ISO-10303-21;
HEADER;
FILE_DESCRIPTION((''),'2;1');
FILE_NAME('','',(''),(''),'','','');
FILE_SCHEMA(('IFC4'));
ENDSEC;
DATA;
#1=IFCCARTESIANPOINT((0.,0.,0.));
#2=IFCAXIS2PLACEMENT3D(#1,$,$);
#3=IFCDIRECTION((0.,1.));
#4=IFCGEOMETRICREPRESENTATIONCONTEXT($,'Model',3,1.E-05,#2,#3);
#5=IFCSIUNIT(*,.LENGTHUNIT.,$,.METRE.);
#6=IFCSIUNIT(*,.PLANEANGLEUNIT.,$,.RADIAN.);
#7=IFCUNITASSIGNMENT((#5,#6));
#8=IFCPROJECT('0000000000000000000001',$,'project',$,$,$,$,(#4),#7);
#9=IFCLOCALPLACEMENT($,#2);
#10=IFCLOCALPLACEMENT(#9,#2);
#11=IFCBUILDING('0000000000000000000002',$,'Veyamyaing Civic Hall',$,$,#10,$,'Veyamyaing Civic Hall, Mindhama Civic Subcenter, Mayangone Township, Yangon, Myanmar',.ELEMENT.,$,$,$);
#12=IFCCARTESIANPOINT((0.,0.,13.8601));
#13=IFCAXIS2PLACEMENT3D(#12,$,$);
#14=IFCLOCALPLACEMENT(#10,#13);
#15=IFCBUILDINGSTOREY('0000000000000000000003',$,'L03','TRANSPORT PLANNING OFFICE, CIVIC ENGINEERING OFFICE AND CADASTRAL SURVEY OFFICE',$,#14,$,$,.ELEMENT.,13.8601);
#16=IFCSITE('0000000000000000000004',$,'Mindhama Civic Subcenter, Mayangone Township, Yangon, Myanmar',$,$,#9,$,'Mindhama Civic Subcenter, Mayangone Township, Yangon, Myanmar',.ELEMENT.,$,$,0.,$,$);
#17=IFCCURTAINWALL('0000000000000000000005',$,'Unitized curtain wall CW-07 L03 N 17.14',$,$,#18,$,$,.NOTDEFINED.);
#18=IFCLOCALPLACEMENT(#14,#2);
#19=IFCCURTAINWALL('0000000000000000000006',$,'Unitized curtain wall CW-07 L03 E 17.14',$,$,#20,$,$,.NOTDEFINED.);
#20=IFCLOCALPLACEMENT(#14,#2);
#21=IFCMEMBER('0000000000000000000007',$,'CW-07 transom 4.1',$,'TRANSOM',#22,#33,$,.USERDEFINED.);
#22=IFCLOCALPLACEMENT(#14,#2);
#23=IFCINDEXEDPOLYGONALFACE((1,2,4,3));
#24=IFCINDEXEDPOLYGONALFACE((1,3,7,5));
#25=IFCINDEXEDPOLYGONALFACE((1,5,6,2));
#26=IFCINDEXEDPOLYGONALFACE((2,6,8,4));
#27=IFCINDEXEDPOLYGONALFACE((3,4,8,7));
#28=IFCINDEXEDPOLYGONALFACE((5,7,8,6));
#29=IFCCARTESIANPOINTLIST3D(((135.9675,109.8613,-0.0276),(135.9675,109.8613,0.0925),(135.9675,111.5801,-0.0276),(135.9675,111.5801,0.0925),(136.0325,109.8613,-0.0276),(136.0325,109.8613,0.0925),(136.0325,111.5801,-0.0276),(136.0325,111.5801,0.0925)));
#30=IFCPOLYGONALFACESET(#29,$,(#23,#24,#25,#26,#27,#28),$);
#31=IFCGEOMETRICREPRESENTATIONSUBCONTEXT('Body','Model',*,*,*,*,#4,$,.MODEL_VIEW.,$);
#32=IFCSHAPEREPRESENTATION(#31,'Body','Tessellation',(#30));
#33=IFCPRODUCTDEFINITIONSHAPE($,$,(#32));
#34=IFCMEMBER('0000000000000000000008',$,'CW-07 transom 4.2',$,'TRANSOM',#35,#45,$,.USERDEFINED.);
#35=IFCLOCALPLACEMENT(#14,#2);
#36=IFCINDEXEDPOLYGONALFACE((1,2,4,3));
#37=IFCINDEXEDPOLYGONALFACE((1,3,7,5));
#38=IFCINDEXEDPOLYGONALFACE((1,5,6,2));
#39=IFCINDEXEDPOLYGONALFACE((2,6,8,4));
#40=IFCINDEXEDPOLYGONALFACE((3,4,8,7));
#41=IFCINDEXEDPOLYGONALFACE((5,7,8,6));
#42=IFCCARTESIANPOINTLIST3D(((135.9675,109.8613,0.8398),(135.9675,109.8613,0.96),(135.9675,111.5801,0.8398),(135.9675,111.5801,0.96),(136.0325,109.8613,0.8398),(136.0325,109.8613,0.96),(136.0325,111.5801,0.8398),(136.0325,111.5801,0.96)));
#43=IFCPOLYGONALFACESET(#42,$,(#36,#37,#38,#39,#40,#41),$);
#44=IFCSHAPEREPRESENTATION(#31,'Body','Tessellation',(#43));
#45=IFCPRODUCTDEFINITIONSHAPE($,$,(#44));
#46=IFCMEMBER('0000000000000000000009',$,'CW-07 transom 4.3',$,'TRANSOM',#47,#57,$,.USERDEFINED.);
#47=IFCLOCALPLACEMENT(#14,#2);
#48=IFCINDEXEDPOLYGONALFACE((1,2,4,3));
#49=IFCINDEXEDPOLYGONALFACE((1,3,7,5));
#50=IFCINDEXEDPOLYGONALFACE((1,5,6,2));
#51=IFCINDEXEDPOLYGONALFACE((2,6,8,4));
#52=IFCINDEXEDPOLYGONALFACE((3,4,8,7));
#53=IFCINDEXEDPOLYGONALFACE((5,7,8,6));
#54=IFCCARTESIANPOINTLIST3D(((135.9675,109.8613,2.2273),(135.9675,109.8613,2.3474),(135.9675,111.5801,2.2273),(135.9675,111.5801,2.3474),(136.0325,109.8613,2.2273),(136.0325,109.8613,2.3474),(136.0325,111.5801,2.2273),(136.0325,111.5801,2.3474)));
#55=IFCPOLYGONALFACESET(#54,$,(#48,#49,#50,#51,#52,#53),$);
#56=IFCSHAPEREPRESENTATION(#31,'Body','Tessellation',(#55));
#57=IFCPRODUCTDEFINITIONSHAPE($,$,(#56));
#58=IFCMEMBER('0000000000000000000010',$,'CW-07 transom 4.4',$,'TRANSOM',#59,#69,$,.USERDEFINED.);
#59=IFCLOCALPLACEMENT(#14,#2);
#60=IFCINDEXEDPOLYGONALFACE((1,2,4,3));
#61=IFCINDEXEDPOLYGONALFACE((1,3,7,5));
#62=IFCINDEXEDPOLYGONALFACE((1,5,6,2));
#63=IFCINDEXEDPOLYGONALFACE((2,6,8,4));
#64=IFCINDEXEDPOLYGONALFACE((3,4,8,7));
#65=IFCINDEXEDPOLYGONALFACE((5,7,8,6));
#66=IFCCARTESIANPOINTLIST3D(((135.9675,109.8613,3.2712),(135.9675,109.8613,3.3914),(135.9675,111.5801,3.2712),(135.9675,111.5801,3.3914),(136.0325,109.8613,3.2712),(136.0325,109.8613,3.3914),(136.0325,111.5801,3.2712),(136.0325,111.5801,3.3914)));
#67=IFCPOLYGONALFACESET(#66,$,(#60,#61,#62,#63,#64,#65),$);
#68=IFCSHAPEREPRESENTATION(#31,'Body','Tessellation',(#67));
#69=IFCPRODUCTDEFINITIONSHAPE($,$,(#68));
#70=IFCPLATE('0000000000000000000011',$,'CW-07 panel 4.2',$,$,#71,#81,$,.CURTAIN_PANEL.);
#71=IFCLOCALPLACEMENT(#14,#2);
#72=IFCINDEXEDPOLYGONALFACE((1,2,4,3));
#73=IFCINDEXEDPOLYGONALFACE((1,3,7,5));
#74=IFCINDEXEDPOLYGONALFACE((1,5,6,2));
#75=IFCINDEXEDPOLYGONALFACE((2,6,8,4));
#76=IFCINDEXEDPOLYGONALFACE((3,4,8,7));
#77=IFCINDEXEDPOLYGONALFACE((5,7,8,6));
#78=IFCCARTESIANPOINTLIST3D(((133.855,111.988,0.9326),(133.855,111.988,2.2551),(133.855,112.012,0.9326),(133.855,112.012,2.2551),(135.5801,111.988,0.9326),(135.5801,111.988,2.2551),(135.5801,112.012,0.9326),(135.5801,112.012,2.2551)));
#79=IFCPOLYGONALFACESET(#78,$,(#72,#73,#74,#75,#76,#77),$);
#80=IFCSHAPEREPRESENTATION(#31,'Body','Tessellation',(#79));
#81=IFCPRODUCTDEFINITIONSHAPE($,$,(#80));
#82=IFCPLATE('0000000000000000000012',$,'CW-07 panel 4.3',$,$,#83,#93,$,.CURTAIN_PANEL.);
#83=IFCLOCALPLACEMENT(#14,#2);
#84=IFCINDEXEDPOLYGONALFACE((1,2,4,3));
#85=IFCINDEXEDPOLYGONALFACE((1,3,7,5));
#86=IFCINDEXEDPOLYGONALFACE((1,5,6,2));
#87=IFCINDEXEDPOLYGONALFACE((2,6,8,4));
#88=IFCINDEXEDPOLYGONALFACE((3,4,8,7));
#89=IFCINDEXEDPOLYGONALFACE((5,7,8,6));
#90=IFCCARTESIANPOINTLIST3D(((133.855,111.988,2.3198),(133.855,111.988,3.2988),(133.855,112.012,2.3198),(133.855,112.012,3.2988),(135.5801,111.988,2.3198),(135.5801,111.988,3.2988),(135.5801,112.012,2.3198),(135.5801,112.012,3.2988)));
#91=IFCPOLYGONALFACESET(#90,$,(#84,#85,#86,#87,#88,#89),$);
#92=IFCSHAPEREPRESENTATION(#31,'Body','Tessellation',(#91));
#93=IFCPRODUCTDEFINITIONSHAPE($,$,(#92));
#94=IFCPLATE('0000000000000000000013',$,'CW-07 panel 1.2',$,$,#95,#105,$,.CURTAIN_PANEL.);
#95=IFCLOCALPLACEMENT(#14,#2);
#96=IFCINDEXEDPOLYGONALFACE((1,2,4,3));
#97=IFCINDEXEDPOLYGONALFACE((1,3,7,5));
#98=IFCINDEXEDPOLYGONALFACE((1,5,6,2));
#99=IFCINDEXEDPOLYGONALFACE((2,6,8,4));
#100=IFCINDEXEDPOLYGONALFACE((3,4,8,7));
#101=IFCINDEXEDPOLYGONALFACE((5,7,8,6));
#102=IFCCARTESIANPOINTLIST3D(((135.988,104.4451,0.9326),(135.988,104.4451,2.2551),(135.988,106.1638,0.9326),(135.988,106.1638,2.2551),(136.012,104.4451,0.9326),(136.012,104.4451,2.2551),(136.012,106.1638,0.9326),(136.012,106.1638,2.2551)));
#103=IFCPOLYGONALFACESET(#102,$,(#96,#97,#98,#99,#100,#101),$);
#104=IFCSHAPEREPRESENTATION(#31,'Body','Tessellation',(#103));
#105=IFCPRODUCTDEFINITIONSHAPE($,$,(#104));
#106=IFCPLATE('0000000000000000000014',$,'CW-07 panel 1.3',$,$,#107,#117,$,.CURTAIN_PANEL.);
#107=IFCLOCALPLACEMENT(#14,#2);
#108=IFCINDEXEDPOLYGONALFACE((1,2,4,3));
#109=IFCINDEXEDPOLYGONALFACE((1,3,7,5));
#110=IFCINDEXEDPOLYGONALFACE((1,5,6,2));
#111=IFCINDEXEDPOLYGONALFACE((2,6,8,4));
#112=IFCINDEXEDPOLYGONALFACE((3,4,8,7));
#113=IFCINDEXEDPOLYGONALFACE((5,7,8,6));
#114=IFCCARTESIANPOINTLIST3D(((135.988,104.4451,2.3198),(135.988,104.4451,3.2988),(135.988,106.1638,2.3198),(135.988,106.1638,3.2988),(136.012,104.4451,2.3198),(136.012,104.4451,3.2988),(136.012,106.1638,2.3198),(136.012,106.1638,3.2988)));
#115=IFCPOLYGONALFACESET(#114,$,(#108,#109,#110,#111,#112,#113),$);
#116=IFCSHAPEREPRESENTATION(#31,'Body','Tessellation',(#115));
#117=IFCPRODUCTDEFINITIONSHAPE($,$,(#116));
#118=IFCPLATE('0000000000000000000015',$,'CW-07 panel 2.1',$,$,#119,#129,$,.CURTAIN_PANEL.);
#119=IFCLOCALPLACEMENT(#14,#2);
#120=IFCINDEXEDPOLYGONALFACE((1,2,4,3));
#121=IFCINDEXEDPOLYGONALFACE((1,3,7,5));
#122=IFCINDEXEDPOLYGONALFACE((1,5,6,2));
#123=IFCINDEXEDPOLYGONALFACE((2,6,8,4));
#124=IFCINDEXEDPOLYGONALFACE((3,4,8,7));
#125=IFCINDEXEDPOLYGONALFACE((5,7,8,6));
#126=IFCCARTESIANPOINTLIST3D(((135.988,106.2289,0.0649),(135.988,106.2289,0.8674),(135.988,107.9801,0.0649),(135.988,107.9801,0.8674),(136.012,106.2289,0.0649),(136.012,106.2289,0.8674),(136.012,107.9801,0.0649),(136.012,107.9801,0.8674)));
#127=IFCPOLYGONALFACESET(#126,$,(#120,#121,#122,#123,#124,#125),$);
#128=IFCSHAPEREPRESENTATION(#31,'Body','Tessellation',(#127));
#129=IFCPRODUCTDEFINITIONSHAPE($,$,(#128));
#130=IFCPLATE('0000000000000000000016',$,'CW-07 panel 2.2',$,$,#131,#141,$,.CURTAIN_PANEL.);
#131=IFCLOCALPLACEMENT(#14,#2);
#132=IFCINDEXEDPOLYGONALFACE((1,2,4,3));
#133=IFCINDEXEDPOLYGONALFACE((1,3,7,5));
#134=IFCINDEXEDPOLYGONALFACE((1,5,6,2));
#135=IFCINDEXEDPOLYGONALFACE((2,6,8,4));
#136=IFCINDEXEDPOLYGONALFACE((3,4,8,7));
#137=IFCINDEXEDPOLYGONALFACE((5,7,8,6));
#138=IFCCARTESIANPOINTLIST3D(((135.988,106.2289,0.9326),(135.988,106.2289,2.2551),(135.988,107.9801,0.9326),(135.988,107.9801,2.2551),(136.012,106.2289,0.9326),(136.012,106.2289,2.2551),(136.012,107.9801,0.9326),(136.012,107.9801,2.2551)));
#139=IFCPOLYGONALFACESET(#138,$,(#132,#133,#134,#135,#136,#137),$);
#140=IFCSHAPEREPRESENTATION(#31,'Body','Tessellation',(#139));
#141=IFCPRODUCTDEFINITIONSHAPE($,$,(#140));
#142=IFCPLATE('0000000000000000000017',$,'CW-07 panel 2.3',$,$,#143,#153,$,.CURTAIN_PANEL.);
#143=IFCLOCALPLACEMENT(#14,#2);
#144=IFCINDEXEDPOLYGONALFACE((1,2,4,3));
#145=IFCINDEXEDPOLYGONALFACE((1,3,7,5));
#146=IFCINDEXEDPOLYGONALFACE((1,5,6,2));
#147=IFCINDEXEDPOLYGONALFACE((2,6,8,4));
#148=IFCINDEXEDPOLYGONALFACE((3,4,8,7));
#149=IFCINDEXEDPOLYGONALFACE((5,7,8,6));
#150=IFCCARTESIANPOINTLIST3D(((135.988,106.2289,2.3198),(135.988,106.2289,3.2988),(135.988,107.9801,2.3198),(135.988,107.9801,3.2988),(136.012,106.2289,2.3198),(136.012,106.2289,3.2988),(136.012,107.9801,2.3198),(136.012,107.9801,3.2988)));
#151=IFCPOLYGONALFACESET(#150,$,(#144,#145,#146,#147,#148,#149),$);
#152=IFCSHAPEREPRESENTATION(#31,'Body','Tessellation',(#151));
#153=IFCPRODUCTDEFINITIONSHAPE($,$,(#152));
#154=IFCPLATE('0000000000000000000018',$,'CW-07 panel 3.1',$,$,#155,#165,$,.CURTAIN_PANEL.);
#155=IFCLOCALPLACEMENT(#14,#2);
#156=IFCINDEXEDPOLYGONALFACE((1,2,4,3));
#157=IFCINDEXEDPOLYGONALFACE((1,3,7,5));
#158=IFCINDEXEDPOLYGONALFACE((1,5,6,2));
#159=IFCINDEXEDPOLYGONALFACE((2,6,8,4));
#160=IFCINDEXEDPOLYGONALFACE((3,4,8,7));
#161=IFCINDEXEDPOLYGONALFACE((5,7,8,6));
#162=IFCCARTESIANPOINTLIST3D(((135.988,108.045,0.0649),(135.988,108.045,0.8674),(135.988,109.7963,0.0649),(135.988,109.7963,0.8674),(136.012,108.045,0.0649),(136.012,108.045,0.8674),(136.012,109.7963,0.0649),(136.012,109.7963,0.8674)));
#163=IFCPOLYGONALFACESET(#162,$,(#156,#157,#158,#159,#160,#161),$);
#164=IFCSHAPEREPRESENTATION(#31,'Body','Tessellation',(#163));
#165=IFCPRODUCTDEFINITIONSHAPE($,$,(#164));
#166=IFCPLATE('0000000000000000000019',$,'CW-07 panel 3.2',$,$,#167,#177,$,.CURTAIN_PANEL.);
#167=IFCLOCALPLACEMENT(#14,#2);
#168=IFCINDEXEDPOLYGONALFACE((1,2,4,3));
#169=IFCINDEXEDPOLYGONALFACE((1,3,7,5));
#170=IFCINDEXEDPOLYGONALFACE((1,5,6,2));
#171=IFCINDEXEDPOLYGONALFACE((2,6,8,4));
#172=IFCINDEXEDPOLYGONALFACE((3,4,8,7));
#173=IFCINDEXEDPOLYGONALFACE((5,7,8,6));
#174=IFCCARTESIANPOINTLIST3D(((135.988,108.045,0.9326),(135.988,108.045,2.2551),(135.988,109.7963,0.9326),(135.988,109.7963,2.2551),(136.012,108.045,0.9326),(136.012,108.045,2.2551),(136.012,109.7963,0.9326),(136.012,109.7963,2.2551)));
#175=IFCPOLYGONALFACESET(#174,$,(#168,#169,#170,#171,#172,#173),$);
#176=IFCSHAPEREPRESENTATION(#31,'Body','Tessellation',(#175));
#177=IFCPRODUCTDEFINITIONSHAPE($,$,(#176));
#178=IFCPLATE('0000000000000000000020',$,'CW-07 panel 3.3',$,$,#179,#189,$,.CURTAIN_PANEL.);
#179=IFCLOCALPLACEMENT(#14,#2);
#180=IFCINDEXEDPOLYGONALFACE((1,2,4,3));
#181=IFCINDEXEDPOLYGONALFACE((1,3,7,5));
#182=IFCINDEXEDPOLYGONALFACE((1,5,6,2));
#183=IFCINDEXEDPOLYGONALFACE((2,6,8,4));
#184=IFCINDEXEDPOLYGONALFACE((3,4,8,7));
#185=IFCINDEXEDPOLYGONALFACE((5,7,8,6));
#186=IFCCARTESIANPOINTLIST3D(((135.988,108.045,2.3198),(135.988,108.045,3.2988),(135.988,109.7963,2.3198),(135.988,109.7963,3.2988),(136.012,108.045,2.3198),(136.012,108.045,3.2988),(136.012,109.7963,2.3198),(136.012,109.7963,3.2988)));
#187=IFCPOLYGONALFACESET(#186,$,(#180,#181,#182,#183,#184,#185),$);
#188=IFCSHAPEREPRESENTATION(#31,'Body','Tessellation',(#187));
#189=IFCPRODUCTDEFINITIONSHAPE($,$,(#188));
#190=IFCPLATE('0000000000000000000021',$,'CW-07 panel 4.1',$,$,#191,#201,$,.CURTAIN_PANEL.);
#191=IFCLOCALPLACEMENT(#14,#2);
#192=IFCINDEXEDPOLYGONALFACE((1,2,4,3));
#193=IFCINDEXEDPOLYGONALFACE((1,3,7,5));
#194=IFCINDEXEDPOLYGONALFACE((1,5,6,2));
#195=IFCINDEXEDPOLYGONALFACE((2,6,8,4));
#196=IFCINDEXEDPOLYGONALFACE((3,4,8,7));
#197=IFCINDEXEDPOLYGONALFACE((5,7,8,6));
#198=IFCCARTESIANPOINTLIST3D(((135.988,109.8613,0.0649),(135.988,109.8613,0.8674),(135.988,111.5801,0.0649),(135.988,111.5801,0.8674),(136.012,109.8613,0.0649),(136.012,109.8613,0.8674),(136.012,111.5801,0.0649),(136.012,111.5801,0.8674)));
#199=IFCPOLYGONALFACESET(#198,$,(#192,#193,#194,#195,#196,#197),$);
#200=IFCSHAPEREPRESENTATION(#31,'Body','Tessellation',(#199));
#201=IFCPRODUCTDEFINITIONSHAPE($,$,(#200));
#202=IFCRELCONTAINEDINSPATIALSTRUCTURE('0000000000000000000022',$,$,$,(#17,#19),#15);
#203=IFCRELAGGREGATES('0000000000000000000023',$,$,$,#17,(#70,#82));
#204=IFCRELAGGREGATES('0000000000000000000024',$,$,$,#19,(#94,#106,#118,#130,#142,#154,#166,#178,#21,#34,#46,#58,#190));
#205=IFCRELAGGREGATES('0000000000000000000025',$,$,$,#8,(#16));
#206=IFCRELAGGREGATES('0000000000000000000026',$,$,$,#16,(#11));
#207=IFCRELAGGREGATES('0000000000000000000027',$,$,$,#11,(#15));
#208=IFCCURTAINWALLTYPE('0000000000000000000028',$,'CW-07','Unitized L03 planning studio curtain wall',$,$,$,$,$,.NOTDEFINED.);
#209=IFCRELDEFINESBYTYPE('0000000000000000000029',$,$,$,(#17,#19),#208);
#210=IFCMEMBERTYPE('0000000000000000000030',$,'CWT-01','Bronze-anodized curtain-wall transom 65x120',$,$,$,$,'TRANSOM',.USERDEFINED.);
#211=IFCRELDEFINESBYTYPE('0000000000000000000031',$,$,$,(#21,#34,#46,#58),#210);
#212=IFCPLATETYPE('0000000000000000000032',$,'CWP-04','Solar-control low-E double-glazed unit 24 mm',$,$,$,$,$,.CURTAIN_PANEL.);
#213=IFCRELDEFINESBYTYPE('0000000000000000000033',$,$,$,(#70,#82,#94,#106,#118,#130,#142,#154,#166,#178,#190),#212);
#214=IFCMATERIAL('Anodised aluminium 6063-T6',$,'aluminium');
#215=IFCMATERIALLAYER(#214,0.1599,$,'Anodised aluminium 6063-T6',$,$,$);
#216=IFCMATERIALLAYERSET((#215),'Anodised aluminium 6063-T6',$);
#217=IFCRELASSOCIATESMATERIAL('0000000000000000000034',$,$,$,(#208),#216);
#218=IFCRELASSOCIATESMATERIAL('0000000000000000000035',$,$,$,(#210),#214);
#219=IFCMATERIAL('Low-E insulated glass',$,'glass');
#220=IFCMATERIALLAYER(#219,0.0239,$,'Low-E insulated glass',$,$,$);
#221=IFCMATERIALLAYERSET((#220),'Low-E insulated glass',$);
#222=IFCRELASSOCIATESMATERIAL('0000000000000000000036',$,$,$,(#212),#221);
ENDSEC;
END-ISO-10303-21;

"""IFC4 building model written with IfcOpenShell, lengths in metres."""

from ifc_helpers import new_model, si_unit, direction, frame, origin, origin_2d, place, context, subcontext, project, spatial, rectangle, extrude, material, layer, layer_set, material_profile, profile_set, type_object, element, aggregate, save


model = new_model("IFC4")

# Units and contexts
model_context = context("Model", 3, precision=1e-05, world=origin(), true_north=direction((0.0, 1.0)))
body_context = subcontext(model_context, "Body", "Model", "MODEL_VIEW")
ifc_project = project(units=[si_unit("LENGTHUNIT", "METRE"), si_unit("PLANEANGLEUNIT", "RADIAN")], contexts=[model_context])

# Site, building, storey
site_placement = place(None, origin())
site = spatial("IfcSite", under=ifc_project, at=site_placement, Name="Mindhama Civic Subcenter, Mayangone Township, Yangon, Myanmar", LongName="Mindhama Civic Subcenter, Mayangone Township, Yangon, Myanmar", CompositionType="ELEMENT", RefElevation=0.0)
building_placement = place(site_placement, origin())
building = spatial("IfcBuilding", under=site, at=building_placement, Name="Veyamyaing Civic Hall", LongName="Veyamyaing Civic Hall, Mindhama Civic Subcenter, Mayangone Township, Yangon, Myanmar", CompositionType="ELEMENT")
storey_placement = place(building_placement, frame((0.0, 0.0, 13.8601)))
storey = spatial("IfcBuildingStorey", under=building, at=storey_placement, Name="L03", Description="TRANSPORT PLANNING OFFICE, CIVIC ENGINEERING OFFICE AND CADASTRAL SURVEY OFFICE", CompositionType="ELEMENT", Elevation=13.8601)

# Curtain wall
ifc_material_1 = material(Name="Anodised aluminium 6063-T6", Category="aluminium")
ifc_layer_1 = layer(ifc_material_1, 0.1599, Name="Anodised aluminium 6063-T6")
ifc_layer_set_1 = layer_set([ifc_layer_1], Name="Anodised aluminium 6063-T6")
curtain_wall_type = type_object("IfcCurtainWallType", Name="CW-07", Description="Unitized L03 planning studio curtain wall", PredefinedType="NOTDEFINED", material=ifc_layer_set_1)
curtain_wall_1_placement = place(storey_placement, origin())
curtain_wall_1 = element("IfcCurtainWall", 1, at=curtain_wall_1_placement, inside=storey, type_object=curtain_wall_type, Name="Unitized curtain wall CW-07 L03 N 17.14", PredefinedType="NOTDEFINED")

# Curtain wall, members
curtain_wall_2_placement = place(storey_placement, origin())
curtain_wall_2 = element("IfcCurtainWall", 2, at=curtain_wall_2_placement, inside=storey, type_object=curtain_wall_type, Name="Unitized curtain wall CW-07 L03 E 17.14", PredefinedType="NOTDEFINED")
ifc_material_profile_1 = material_profile(ifc_material_1, rectangle(XDim=0.0649, YDim=0.1201, at=origin_2d()), Name="ALU-TRN-65X120")
ifc_profile_set_1 = profile_set([ifc_material_profile_1], Name="Anodised aluminium 6063-T6")
member_type_1 = type_object("IfcMemberType", Name="CWT-01", Description="Bronze-anodized curtain-wall transom 65x120", ElementType="TRANSOM", PredefinedType="USERDEFINED", material=ifc_profile_set_1)
member_1_placement = place(storey_placement, frame((136.0, 109.8613, 0.0325), z_axis=(0.0, 1.0, 0.0), x_axis=(-1.0, 0.0, 0.0)))
member_1 = element("IfcMember", 3, at=member_1_placement, type_object=member_type_1, Name="CW-07 transom 4.1", ObjectType="TRANSOM", PredefinedType="USERDEFINED", context=body_context, shape_type="SweptSolid", body=[
    extrude(rectangle(XDim=0.0649, YDim=0.1201, at=origin_2d()), origin(), (0.0, 0.0, 1.0), 1.7188),
])
member_2_placement = place(storey_placement, frame((136.0, 109.8613, 0.8999), z_axis=(0.0, 1.0, 0.0), x_axis=(-1.0, 0.0, 0.0)))
member_2 = element("IfcMember", 4, at=member_2_placement, type_object=member_type_1, Name="CW-07 transom 4.2", ObjectType="TRANSOM", PredefinedType="USERDEFINED", context=body_context, shape_type="SweptSolid", body=[
    extrude(rectangle(XDim=0.0649, YDim=0.1201, at=origin_2d()), origin(), (0.0, 0.0, 1.0), 1.7188),
])
member_3_placement = place(storey_placement, frame((136.0, 109.8613, 2.2874), z_axis=(0.0, 1.0, 0.0), x_axis=(-1.0, 0.0, 0.0)))
member_3 = element("IfcMember", 5, at=member_3_placement, type_object=member_type_1, Name="CW-07 transom 4.3", ObjectType="TRANSOM", PredefinedType="USERDEFINED", context=body_context, shape_type="SweptSolid", body=[
    extrude(rectangle(XDim=0.0649, YDim=0.1201, at=origin_2d()), origin(), (0.0, 0.0, 1.0), 1.7188),
])
member_4_placement = place(storey_placement, frame((136.0, 109.8613, 3.3313), z_axis=(0.0, 1.0, 0.0), x_axis=(-1.0, 0.0, 0.0)))
member_4 = element("IfcMember", 6, at=member_4_placement, type_object=member_type_1, Name="CW-07 transom 4.4", ObjectType="TRANSOM", PredefinedType="USERDEFINED", context=body_context, shape_type="SweptSolid", body=[
    extrude(rectangle(XDim=0.0649, YDim=0.1201, at=origin_2d()), origin(), (0.0, 0.0, 1.0), 1.7188),
])

# Plates
ifc_material_2 = material(Name="Low-E insulated glass", Category="glass")
ifc_layer_2 = layer(ifc_material_2, 0.0239, Name="Low-E insulated glass")
ifc_layer_set_2 = layer_set([ifc_layer_2], Name="Low-E insulated glass")
plate_type = type_object("IfcPlateType", Name="CWP-04", Description="Solar-control low-E double-glazed unit 24 mm", PredefinedType="CURTAIN_PANEL", material=ifc_layer_set_2)
plate_1_placement = place(storey_placement, frame((134.7175, 112.0, 0.9326), z_axis=(0.0, 0.0, 1.0), x_axis=(1.0, 0.0, 0.0)))
plate_1 = element("IfcPlate", 7, at=plate_1_placement, type_object=plate_type, Name="CW-07 panel 4.2", PredefinedType="CURTAIN_PANEL", context=body_context, shape_type="SweptSolid", body=[
    extrude(rectangle(XDim=1.7251, YDim=0.0239, at=origin_2d()), origin(), (0.0, 0.0, 1.0), 1.3225),
])
plate_2_placement = place(storey_placement, frame((134.7175, 112.0, 2.3198), z_axis=(0.0, 0.0, 1.0), x_axis=(1.0, 0.0, 0.0)))
plate_2 = element("IfcPlate", 8, at=plate_2_placement, type_object=plate_type, Name="CW-07 panel 4.3", PredefinedType="CURTAIN_PANEL", context=body_context, shape_type="SweptSolid", body=[
    extrude(rectangle(XDim=1.7251, YDim=0.0239, at=origin_2d()), origin(), (0.0, 0.0, 1.0), 0.979),
])
aggregate(curtain_wall_1, [plate_1, plate_2])
plate_3_placement = place(storey_placement, frame((136.0, 105.3044, 0.9326), z_axis=(0.0, 0.0, 1.0), x_axis=(0.0, 1.0, 0.0)))
plate_3 = element("IfcPlate", 9, at=plate_3_placement, type_object=plate_type, Name="CW-07 panel 1.2", PredefinedType="CURTAIN_PANEL", context=body_context, shape_type="SweptSolid", body=[
    extrude(rectangle(XDim=1.7188, YDim=0.0239, at=origin_2d()), origin(), (0.0, 0.0, 1.0), 1.3225),
])
plate_4_placement = place(storey_placement, frame((136.0, 105.3044, 2.3198), z_axis=(0.0, 0.0, 1.0), x_axis=(0.0, 1.0, 0.0)))
plate_4 = element("IfcPlate", 10, at=plate_4_placement, type_object=plate_type, Name="CW-07 panel 1.3", PredefinedType="CURTAIN_PANEL", context=body_context, shape_type="SweptSolid", body=[
    extrude(rectangle(XDim=1.7188, YDim=0.0239, at=origin_2d()), origin(), (0.0, 0.0, 1.0), 0.979),
])
plate_5_placement = place(storey_placement, frame((136.0, 107.1045, 0.0649), z_axis=(0.0, 0.0, 1.0), x_axis=(0.0, 1.0, 0.0)))
plate_5 = element("IfcPlate", 11, at=plate_5_placement, type_object=plate_type, Name="CW-07 panel 2.1", PredefinedType="CURTAIN_PANEL", context=body_context, shape_type="SweptSolid", body=[
    extrude(rectangle(XDim=1.7512, YDim=0.0239, at=origin_2d()), origin(), (0.0, 0.0, 1.0), 0.8025),
])
plate_6_placement = place(storey_placement, frame((136.0, 107.1045, 0.9326), z_axis=(0.0, 0.0, 1.0), x_axis=(0.0, 1.0, 0.0)))
plate_6 = element("IfcPlate", 12, at=plate_6_placement, type_object=plate_type, Name="CW-07 panel 2.2", PredefinedType="CURTAIN_PANEL", context=body_context, shape_type="SweptSolid", body=[
    extrude(rectangle(XDim=1.7512, YDim=0.0239, at=origin_2d()), origin(), (0.0, 0.0, 1.0), 1.3225),
])
plate_7_placement = place(storey_placement, frame((136.0, 107.1045, 2.3198), z_axis=(0.0, 0.0, 1.0), x_axis=(0.0, 1.0, 0.0)))
plate_7 = element("IfcPlate", 13, at=plate_7_placement, type_object=plate_type, Name="CW-07 panel 2.3", PredefinedType="CURTAIN_PANEL", context=body_context, shape_type="SweptSolid", body=[
    extrude(rectangle(XDim=1.7512, YDim=0.0239, at=origin_2d()), origin(), (0.0, 0.0, 1.0), 0.979),
])
plate_8_placement = place(storey_placement, frame((136.0, 108.9207, 0.0649), z_axis=(0.0, 0.0, 1.0), x_axis=(0.0, 1.0, 0.0)))
plate_8 = element("IfcPlate", 14, at=plate_8_placement, type_object=plate_type, Name="CW-07 panel 3.1", PredefinedType="CURTAIN_PANEL", context=body_context, shape_type="SweptSolid", body=[
    extrude(rectangle(XDim=1.7512, YDim=0.0239, at=origin_2d()), origin(), (0.0, 0.0, 1.0), 0.8025),
])
plate_9_placement = place(storey_placement, frame((136.0, 108.9207, 0.9326), z_axis=(0.0, 0.0, 1.0), x_axis=(0.0, 1.0, 0.0)))
plate_9 = element("IfcPlate", 15, at=plate_9_placement, type_object=plate_type, Name="CW-07 panel 3.2", PredefinedType="CURTAIN_PANEL", context=body_context, shape_type="SweptSolid", body=[
    extrude(rectangle(XDim=1.7512, YDim=0.0239, at=origin_2d()), origin(), (0.0, 0.0, 1.0), 1.3225),
])
plate_10_placement = place(storey_placement, frame((136.0, 108.9207, 2.3198), z_axis=(0.0, 0.0, 1.0), x_axis=(0.0, 1.0, 0.0)))
plate_10 = element("IfcPlate", 16, at=plate_10_placement, type_object=plate_type, Name="CW-07 panel 3.3", PredefinedType="CURTAIN_PANEL", context=body_context, shape_type="SweptSolid", body=[
    extrude(rectangle(XDim=1.7512, YDim=0.0239, at=origin_2d()), origin(), (0.0, 0.0, 1.0), 0.979),
])
plate_11_placement = place(storey_placement, frame((136.0, 110.7207, 0.0649), z_axis=(0.0, 0.0, 1.0), x_axis=(0.0, 1.0, 0.0)))
plate_11 = element("IfcPlate", 17, at=plate_11_placement, type_object=plate_type, Name="CW-07 panel 4.1", PredefinedType="CURTAIN_PANEL", context=body_context, shape_type="SweptSolid", body=[
    extrude(rectangle(XDim=1.7188, YDim=0.0239, at=origin_2d()), origin(), (0.0, 0.0, 1.0), 0.8025),
])
aggregate(curtain_wall_2, [plate_3, plate_4, plate_5, plate_6, plate_7, plate_8, plate_9, plate_10, member_1, member_2, member_3, member_4, plate_11])

save(model, "model.ifc")
